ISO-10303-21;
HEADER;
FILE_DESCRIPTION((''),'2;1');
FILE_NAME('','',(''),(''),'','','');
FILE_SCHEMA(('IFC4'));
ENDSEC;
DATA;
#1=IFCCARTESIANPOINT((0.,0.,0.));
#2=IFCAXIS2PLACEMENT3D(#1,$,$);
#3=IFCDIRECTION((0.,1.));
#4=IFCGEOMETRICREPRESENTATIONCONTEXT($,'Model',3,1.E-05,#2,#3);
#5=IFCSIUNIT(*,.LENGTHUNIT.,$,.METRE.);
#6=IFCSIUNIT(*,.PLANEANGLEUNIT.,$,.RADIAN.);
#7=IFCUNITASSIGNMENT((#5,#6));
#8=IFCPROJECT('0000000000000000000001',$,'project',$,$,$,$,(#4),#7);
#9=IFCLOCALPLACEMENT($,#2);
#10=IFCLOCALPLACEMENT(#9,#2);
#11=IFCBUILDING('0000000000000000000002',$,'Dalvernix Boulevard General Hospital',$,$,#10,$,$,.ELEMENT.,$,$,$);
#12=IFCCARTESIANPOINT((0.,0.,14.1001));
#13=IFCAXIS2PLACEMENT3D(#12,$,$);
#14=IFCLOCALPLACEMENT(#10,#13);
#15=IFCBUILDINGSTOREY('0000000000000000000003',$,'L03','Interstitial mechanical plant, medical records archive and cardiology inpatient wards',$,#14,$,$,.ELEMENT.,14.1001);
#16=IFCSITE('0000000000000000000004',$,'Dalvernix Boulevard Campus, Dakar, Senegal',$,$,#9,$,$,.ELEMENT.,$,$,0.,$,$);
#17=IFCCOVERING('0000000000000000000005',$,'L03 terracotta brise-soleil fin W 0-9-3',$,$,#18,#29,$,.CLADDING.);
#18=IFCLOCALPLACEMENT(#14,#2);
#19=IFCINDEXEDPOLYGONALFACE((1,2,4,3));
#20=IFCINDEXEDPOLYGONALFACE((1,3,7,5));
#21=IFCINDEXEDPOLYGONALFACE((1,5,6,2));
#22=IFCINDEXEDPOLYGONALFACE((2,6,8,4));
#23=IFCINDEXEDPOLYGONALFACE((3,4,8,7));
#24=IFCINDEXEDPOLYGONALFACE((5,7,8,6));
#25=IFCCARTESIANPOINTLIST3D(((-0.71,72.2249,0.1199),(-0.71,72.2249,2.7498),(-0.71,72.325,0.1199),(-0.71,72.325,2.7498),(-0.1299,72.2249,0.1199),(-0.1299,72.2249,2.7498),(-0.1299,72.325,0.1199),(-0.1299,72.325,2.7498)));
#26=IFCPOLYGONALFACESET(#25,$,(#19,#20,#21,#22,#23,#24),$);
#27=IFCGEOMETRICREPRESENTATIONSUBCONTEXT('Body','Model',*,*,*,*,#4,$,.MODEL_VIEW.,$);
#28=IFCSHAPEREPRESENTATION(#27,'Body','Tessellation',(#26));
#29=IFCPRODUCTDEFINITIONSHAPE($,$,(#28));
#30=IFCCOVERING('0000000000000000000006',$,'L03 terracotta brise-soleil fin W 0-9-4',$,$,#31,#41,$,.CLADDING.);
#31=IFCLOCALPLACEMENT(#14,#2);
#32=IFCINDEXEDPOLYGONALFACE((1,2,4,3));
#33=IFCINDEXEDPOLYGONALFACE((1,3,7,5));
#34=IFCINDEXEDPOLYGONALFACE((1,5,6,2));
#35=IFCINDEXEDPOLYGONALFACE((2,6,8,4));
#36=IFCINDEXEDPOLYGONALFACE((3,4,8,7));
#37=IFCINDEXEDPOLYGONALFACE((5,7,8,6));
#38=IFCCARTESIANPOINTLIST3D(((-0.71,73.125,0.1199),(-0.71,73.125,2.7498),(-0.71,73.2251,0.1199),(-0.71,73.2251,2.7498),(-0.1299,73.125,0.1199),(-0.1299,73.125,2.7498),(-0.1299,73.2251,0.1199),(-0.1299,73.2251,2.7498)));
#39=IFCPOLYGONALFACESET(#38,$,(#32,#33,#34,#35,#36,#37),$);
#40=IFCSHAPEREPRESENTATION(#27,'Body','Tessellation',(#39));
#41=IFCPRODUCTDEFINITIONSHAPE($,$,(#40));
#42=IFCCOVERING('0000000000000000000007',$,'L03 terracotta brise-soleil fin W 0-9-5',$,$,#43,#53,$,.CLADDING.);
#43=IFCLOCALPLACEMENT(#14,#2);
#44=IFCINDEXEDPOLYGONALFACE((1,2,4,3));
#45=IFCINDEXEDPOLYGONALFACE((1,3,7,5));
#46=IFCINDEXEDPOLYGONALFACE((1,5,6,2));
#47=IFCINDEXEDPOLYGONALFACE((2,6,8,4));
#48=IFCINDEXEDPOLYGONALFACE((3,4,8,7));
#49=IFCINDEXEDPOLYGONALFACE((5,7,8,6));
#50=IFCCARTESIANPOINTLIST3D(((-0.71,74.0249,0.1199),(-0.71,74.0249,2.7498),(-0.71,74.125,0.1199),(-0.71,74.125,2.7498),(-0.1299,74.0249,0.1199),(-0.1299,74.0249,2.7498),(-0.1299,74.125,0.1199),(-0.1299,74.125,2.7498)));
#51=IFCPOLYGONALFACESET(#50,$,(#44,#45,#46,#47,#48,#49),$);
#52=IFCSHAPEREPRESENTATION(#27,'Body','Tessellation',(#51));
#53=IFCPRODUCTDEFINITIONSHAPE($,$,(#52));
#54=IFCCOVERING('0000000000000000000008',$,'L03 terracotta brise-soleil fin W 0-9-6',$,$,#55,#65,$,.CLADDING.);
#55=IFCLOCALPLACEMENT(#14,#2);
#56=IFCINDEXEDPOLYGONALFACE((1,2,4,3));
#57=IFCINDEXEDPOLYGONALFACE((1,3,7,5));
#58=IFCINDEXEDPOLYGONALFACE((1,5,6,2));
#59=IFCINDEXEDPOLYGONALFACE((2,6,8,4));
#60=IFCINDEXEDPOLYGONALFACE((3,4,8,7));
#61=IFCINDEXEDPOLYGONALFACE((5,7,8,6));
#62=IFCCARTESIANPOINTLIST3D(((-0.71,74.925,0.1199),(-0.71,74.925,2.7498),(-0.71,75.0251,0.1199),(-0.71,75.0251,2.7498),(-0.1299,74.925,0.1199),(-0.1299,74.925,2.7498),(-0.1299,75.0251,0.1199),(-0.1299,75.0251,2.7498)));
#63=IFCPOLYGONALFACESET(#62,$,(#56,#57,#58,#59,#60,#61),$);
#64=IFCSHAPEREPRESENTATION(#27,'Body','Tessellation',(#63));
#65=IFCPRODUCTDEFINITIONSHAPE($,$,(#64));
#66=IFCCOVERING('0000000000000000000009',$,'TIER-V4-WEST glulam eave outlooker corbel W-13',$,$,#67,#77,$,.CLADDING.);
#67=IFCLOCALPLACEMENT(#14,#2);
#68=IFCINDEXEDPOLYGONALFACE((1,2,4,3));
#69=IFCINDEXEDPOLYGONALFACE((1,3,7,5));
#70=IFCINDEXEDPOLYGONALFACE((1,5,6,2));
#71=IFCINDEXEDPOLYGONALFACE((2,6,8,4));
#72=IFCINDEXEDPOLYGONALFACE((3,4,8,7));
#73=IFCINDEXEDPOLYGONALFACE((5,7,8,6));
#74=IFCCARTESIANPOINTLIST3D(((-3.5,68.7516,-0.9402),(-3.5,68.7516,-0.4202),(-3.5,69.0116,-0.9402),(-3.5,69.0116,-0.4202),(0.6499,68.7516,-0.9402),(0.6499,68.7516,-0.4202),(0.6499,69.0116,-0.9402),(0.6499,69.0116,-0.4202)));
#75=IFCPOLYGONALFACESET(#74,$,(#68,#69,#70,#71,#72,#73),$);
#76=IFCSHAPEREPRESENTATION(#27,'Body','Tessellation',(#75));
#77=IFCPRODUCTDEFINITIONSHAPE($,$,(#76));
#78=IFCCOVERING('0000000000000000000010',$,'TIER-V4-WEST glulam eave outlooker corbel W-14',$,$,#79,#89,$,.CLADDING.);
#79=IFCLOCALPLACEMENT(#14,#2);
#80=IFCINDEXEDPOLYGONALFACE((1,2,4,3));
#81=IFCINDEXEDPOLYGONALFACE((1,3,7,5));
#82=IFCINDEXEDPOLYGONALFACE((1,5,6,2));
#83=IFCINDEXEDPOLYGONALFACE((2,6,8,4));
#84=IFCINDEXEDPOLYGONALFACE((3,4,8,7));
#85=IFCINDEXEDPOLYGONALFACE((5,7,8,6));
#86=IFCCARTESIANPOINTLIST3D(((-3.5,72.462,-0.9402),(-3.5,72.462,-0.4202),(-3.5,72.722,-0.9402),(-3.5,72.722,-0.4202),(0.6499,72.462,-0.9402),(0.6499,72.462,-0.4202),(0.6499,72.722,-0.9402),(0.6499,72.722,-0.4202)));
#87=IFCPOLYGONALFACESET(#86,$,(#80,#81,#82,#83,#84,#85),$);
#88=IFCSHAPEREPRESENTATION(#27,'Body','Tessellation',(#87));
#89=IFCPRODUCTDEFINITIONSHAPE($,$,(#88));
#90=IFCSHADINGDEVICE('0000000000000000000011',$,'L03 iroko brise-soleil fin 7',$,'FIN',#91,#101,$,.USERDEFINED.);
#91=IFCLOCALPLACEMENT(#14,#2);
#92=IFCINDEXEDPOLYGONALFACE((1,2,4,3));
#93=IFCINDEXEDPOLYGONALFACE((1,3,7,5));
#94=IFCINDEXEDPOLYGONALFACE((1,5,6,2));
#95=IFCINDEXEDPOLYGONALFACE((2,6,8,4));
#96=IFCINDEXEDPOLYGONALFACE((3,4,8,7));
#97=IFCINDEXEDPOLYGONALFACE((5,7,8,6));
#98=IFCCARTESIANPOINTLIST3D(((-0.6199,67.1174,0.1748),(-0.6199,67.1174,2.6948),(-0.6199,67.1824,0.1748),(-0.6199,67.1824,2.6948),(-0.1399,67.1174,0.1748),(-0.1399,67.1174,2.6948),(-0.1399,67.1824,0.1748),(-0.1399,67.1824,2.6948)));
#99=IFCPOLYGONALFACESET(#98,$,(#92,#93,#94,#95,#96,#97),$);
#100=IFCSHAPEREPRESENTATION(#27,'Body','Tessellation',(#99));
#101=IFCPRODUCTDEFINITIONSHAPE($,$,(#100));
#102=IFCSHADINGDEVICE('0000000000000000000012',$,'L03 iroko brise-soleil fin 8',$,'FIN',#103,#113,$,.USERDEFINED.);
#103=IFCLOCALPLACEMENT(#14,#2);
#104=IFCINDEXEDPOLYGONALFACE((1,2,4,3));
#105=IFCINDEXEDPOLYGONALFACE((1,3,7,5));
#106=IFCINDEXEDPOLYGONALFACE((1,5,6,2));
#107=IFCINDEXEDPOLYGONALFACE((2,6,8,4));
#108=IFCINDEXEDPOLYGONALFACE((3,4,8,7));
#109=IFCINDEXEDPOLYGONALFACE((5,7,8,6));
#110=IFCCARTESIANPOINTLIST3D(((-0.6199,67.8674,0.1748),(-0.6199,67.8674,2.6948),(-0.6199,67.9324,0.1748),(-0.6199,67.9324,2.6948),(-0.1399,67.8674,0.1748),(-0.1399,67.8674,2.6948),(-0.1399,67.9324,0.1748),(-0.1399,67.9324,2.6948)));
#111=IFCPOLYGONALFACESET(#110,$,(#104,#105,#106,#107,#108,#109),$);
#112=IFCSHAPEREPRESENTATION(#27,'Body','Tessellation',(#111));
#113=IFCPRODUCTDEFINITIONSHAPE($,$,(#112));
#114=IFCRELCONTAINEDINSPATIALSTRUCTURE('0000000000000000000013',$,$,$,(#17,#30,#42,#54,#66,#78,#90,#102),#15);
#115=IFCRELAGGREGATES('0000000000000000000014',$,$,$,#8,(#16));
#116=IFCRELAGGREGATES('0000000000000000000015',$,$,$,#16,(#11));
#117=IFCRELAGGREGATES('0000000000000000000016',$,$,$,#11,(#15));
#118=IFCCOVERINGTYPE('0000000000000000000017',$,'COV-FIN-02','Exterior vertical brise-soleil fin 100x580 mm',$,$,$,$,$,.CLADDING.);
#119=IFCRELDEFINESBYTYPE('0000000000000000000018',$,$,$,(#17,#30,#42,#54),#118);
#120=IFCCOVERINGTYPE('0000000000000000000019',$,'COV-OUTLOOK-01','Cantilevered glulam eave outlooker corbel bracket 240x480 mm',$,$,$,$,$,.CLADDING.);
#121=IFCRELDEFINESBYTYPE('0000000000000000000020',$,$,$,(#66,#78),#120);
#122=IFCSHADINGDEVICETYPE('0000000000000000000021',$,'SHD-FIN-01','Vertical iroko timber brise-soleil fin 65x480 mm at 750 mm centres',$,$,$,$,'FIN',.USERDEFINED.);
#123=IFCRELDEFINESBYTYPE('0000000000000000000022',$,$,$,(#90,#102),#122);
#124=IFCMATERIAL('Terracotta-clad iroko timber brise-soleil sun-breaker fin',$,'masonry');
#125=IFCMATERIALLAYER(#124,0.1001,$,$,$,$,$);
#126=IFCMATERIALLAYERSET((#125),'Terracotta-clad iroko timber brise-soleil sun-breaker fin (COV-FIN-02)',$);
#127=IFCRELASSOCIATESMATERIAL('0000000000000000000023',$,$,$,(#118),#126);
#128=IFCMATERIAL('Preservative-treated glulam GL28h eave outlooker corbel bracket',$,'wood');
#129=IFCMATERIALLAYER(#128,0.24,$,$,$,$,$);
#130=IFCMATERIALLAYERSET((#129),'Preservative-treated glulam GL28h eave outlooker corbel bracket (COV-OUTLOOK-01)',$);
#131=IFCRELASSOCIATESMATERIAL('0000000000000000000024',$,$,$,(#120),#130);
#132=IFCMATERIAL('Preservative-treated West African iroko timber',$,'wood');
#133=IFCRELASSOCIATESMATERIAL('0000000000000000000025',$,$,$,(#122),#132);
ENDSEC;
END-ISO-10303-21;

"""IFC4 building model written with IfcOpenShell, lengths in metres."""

from ifc_helpers import new_model, si_unit, direction, frame, origin, origin_2d, place, context, subcontext, project, spatial, rectangle, extrude, material, layer, layer_set, type_object, element, save


model = new_model("IFC4")

# Units and contexts
model_context = context("Model", 3, precision=1e-05, world=origin(), true_north=direction((0.0, 1.0)))
body_context = subcontext(model_context, "Body", "Model", "MODEL_VIEW")
ifc_project = project(units=[si_unit("LENGTHUNIT", "METRE"), si_unit("PLANEANGLEUNIT", "RADIAN")], contexts=[model_context])

# Site, building, storey
site_placement = place(None, origin())
site = spatial("IfcSite", under=ifc_project, at=site_placement, Name="Dalvernix Boulevard Campus, Dakar, Senegal", CompositionType="ELEMENT", RefElevation=0.0)
building_placement = place(site_placement, origin())
building = spatial("IfcBuilding", under=site, at=building_placement, Name="Dalvernix Boulevard General Hospital", CompositionType="ELEMENT")
storey_placement = place(building_placement, frame((0.0, 0.0, 14.1001)))
storey = spatial("IfcBuildingStorey", under=building, at=storey_placement, Name="L03", Description="Interstitial mechanical plant, medical records archive and cardiology inpatient wards", CompositionType="ELEMENT", Elevation=14.1001)

# Coverings
ifc_material_1 = material(Name="Terracotta-clad iroko timber brise-soleil sun-breaker fin", Category="masonry")
ifc_layer_1 = layer(ifc_material_1, 0.1001)
ifc_layer_set_1 = layer_set([ifc_layer_1], Name="Terracotta-clad iroko timber brise-soleil sun-breaker fin (COV-FIN-02)")
covering_type_1 = type_object("IfcCoveringType", Name="COV-FIN-02", Description="Exterior vertical brise-soleil fin 100x580 mm", PredefinedType="CLADDING", material=ifc_layer_set_1)
for number, where, z_axis, x_axis, name in (
    (1, (-0.4199, 72.2749, 0.1199), (0.0, 0.0, 1.0), (0.0, 1.0, 0.0), "L03 terracotta brise-soleil fin W 0-9-3"),
    (2, (-0.4199, 73.175, 0.1199), (0.0, 0.0, 1.0), (0.0, 1.0, 0.0), "L03 terracotta brise-soleil fin W 0-9-4"),
    (3, (-0.4199, 74.075, 0.1199), (0.0, 0.0, 1.0), (0.0, 1.0, 0.0), "L03 terracotta brise-soleil fin W 0-9-5"),
    (4, (-0.4199, 74.9751, 0.1199), (0.0, 0.0, 1.0), (0.0, 1.0, 0.0), "L03 terracotta brise-soleil fin W 0-9-6"),
):
    element("IfcCovering", number, at=place(storey_placement, frame(where, z_axis=z_axis, x_axis=x_axis)), inside=storey, type_object=covering_type_1, Name=name, PredefinedType="CLADDING", context=body_context, shape_type="SweptSolid", body=[
        extrude(rectangle(XDim=0.1001, YDim=0.5801, at=origin_2d()), origin(), (0.0, 0.0, 1.0), 2.6299),
    ])
ifc_material_2 = material(Name="Preservative-treated glulam GL28h eave outlooker corbel bracket", Category="wood")
ifc_layer_2 = layer(ifc_material_2, 0.24)
ifc_layer_set_2 = layer_set([ifc_layer_2], Name="Preservative-treated glulam GL28h eave outlooker corbel bracket (COV-OUTLOOK-01)")
covering_type_2 = type_object("IfcCoveringType", Name="COV-OUTLOOK-01", Description="Cantilevered glulam eave outlooker corbel bracket 240x480 mm", PredefinedType="CLADDING", material=ifc_layer_set_2)
for number, where, z_axis, x_axis, name in (
    (5, (-1.425, 68.8816, -0.9402), (0.0, 0.0, 1.0), (1.0, 0.0, 0.0), "TIER-V4-WEST glulam eave outlooker corbel W-13"),
    (6, (-1.425, 72.592, -0.9402), (0.0, 0.0, 1.0), (1.0, 0.0, 0.0), "TIER-V4-WEST glulam eave outlooker corbel W-14"),
):
    element("IfcCovering", number, at=place(storey_placement, frame(where, z_axis=z_axis, x_axis=x_axis)), inside=storey, type_object=covering_type_2, Name=name, PredefinedType="CLADDING", context=body_context, shape_type="SweptSolid", body=[
        extrude(rectangle(XDim=4.1499, YDim=0.26, at=origin_2d()), origin(), (0.0, 0.0, 1.0), 0.52),
    ])

# Shading devices
ifc_material_3 = material(Name="Preservative-treated West African iroko timber", Category="wood")
shading_device_type = type_object("IfcShadingDeviceType", Name="SHD-FIN-01", Description="Vertical iroko timber brise-soleil fin 65x480 mm at 750 mm centres", ElementType="FIN", PredefinedType="USERDEFINED", material=ifc_material_3)
for number, where, z_axis, x_axis, name in (
    (7, (-0.3799, 67.1499, 0.1748), (0.0, 0.0, 1.0), (0.0, 1.0, 0.0), "L03 iroko brise-soleil fin 7"),
    (8, (-0.3799, 67.8999, 0.1748), (0.0, 0.0, 1.0), (0.0, 1.0, 0.0), "L03 iroko brise-soleil fin 8"),
):
    element("IfcShadingDevice", number, at=place(storey_placement, frame(where, z_axis=z_axis, x_axis=x_axis)), inside=storey, type_object=shading_device_type, Name=name, ObjectType="FIN", PredefinedType="USERDEFINED", context=body_context, shape_type="SweptSolid", body=[
        extrude(rectangle(XDim=0.0649, YDim=0.48, at=origin_2d()), origin(), (0.0, 0.0, 1.0), 2.52),
    ])

save(model, "model.ifc")
